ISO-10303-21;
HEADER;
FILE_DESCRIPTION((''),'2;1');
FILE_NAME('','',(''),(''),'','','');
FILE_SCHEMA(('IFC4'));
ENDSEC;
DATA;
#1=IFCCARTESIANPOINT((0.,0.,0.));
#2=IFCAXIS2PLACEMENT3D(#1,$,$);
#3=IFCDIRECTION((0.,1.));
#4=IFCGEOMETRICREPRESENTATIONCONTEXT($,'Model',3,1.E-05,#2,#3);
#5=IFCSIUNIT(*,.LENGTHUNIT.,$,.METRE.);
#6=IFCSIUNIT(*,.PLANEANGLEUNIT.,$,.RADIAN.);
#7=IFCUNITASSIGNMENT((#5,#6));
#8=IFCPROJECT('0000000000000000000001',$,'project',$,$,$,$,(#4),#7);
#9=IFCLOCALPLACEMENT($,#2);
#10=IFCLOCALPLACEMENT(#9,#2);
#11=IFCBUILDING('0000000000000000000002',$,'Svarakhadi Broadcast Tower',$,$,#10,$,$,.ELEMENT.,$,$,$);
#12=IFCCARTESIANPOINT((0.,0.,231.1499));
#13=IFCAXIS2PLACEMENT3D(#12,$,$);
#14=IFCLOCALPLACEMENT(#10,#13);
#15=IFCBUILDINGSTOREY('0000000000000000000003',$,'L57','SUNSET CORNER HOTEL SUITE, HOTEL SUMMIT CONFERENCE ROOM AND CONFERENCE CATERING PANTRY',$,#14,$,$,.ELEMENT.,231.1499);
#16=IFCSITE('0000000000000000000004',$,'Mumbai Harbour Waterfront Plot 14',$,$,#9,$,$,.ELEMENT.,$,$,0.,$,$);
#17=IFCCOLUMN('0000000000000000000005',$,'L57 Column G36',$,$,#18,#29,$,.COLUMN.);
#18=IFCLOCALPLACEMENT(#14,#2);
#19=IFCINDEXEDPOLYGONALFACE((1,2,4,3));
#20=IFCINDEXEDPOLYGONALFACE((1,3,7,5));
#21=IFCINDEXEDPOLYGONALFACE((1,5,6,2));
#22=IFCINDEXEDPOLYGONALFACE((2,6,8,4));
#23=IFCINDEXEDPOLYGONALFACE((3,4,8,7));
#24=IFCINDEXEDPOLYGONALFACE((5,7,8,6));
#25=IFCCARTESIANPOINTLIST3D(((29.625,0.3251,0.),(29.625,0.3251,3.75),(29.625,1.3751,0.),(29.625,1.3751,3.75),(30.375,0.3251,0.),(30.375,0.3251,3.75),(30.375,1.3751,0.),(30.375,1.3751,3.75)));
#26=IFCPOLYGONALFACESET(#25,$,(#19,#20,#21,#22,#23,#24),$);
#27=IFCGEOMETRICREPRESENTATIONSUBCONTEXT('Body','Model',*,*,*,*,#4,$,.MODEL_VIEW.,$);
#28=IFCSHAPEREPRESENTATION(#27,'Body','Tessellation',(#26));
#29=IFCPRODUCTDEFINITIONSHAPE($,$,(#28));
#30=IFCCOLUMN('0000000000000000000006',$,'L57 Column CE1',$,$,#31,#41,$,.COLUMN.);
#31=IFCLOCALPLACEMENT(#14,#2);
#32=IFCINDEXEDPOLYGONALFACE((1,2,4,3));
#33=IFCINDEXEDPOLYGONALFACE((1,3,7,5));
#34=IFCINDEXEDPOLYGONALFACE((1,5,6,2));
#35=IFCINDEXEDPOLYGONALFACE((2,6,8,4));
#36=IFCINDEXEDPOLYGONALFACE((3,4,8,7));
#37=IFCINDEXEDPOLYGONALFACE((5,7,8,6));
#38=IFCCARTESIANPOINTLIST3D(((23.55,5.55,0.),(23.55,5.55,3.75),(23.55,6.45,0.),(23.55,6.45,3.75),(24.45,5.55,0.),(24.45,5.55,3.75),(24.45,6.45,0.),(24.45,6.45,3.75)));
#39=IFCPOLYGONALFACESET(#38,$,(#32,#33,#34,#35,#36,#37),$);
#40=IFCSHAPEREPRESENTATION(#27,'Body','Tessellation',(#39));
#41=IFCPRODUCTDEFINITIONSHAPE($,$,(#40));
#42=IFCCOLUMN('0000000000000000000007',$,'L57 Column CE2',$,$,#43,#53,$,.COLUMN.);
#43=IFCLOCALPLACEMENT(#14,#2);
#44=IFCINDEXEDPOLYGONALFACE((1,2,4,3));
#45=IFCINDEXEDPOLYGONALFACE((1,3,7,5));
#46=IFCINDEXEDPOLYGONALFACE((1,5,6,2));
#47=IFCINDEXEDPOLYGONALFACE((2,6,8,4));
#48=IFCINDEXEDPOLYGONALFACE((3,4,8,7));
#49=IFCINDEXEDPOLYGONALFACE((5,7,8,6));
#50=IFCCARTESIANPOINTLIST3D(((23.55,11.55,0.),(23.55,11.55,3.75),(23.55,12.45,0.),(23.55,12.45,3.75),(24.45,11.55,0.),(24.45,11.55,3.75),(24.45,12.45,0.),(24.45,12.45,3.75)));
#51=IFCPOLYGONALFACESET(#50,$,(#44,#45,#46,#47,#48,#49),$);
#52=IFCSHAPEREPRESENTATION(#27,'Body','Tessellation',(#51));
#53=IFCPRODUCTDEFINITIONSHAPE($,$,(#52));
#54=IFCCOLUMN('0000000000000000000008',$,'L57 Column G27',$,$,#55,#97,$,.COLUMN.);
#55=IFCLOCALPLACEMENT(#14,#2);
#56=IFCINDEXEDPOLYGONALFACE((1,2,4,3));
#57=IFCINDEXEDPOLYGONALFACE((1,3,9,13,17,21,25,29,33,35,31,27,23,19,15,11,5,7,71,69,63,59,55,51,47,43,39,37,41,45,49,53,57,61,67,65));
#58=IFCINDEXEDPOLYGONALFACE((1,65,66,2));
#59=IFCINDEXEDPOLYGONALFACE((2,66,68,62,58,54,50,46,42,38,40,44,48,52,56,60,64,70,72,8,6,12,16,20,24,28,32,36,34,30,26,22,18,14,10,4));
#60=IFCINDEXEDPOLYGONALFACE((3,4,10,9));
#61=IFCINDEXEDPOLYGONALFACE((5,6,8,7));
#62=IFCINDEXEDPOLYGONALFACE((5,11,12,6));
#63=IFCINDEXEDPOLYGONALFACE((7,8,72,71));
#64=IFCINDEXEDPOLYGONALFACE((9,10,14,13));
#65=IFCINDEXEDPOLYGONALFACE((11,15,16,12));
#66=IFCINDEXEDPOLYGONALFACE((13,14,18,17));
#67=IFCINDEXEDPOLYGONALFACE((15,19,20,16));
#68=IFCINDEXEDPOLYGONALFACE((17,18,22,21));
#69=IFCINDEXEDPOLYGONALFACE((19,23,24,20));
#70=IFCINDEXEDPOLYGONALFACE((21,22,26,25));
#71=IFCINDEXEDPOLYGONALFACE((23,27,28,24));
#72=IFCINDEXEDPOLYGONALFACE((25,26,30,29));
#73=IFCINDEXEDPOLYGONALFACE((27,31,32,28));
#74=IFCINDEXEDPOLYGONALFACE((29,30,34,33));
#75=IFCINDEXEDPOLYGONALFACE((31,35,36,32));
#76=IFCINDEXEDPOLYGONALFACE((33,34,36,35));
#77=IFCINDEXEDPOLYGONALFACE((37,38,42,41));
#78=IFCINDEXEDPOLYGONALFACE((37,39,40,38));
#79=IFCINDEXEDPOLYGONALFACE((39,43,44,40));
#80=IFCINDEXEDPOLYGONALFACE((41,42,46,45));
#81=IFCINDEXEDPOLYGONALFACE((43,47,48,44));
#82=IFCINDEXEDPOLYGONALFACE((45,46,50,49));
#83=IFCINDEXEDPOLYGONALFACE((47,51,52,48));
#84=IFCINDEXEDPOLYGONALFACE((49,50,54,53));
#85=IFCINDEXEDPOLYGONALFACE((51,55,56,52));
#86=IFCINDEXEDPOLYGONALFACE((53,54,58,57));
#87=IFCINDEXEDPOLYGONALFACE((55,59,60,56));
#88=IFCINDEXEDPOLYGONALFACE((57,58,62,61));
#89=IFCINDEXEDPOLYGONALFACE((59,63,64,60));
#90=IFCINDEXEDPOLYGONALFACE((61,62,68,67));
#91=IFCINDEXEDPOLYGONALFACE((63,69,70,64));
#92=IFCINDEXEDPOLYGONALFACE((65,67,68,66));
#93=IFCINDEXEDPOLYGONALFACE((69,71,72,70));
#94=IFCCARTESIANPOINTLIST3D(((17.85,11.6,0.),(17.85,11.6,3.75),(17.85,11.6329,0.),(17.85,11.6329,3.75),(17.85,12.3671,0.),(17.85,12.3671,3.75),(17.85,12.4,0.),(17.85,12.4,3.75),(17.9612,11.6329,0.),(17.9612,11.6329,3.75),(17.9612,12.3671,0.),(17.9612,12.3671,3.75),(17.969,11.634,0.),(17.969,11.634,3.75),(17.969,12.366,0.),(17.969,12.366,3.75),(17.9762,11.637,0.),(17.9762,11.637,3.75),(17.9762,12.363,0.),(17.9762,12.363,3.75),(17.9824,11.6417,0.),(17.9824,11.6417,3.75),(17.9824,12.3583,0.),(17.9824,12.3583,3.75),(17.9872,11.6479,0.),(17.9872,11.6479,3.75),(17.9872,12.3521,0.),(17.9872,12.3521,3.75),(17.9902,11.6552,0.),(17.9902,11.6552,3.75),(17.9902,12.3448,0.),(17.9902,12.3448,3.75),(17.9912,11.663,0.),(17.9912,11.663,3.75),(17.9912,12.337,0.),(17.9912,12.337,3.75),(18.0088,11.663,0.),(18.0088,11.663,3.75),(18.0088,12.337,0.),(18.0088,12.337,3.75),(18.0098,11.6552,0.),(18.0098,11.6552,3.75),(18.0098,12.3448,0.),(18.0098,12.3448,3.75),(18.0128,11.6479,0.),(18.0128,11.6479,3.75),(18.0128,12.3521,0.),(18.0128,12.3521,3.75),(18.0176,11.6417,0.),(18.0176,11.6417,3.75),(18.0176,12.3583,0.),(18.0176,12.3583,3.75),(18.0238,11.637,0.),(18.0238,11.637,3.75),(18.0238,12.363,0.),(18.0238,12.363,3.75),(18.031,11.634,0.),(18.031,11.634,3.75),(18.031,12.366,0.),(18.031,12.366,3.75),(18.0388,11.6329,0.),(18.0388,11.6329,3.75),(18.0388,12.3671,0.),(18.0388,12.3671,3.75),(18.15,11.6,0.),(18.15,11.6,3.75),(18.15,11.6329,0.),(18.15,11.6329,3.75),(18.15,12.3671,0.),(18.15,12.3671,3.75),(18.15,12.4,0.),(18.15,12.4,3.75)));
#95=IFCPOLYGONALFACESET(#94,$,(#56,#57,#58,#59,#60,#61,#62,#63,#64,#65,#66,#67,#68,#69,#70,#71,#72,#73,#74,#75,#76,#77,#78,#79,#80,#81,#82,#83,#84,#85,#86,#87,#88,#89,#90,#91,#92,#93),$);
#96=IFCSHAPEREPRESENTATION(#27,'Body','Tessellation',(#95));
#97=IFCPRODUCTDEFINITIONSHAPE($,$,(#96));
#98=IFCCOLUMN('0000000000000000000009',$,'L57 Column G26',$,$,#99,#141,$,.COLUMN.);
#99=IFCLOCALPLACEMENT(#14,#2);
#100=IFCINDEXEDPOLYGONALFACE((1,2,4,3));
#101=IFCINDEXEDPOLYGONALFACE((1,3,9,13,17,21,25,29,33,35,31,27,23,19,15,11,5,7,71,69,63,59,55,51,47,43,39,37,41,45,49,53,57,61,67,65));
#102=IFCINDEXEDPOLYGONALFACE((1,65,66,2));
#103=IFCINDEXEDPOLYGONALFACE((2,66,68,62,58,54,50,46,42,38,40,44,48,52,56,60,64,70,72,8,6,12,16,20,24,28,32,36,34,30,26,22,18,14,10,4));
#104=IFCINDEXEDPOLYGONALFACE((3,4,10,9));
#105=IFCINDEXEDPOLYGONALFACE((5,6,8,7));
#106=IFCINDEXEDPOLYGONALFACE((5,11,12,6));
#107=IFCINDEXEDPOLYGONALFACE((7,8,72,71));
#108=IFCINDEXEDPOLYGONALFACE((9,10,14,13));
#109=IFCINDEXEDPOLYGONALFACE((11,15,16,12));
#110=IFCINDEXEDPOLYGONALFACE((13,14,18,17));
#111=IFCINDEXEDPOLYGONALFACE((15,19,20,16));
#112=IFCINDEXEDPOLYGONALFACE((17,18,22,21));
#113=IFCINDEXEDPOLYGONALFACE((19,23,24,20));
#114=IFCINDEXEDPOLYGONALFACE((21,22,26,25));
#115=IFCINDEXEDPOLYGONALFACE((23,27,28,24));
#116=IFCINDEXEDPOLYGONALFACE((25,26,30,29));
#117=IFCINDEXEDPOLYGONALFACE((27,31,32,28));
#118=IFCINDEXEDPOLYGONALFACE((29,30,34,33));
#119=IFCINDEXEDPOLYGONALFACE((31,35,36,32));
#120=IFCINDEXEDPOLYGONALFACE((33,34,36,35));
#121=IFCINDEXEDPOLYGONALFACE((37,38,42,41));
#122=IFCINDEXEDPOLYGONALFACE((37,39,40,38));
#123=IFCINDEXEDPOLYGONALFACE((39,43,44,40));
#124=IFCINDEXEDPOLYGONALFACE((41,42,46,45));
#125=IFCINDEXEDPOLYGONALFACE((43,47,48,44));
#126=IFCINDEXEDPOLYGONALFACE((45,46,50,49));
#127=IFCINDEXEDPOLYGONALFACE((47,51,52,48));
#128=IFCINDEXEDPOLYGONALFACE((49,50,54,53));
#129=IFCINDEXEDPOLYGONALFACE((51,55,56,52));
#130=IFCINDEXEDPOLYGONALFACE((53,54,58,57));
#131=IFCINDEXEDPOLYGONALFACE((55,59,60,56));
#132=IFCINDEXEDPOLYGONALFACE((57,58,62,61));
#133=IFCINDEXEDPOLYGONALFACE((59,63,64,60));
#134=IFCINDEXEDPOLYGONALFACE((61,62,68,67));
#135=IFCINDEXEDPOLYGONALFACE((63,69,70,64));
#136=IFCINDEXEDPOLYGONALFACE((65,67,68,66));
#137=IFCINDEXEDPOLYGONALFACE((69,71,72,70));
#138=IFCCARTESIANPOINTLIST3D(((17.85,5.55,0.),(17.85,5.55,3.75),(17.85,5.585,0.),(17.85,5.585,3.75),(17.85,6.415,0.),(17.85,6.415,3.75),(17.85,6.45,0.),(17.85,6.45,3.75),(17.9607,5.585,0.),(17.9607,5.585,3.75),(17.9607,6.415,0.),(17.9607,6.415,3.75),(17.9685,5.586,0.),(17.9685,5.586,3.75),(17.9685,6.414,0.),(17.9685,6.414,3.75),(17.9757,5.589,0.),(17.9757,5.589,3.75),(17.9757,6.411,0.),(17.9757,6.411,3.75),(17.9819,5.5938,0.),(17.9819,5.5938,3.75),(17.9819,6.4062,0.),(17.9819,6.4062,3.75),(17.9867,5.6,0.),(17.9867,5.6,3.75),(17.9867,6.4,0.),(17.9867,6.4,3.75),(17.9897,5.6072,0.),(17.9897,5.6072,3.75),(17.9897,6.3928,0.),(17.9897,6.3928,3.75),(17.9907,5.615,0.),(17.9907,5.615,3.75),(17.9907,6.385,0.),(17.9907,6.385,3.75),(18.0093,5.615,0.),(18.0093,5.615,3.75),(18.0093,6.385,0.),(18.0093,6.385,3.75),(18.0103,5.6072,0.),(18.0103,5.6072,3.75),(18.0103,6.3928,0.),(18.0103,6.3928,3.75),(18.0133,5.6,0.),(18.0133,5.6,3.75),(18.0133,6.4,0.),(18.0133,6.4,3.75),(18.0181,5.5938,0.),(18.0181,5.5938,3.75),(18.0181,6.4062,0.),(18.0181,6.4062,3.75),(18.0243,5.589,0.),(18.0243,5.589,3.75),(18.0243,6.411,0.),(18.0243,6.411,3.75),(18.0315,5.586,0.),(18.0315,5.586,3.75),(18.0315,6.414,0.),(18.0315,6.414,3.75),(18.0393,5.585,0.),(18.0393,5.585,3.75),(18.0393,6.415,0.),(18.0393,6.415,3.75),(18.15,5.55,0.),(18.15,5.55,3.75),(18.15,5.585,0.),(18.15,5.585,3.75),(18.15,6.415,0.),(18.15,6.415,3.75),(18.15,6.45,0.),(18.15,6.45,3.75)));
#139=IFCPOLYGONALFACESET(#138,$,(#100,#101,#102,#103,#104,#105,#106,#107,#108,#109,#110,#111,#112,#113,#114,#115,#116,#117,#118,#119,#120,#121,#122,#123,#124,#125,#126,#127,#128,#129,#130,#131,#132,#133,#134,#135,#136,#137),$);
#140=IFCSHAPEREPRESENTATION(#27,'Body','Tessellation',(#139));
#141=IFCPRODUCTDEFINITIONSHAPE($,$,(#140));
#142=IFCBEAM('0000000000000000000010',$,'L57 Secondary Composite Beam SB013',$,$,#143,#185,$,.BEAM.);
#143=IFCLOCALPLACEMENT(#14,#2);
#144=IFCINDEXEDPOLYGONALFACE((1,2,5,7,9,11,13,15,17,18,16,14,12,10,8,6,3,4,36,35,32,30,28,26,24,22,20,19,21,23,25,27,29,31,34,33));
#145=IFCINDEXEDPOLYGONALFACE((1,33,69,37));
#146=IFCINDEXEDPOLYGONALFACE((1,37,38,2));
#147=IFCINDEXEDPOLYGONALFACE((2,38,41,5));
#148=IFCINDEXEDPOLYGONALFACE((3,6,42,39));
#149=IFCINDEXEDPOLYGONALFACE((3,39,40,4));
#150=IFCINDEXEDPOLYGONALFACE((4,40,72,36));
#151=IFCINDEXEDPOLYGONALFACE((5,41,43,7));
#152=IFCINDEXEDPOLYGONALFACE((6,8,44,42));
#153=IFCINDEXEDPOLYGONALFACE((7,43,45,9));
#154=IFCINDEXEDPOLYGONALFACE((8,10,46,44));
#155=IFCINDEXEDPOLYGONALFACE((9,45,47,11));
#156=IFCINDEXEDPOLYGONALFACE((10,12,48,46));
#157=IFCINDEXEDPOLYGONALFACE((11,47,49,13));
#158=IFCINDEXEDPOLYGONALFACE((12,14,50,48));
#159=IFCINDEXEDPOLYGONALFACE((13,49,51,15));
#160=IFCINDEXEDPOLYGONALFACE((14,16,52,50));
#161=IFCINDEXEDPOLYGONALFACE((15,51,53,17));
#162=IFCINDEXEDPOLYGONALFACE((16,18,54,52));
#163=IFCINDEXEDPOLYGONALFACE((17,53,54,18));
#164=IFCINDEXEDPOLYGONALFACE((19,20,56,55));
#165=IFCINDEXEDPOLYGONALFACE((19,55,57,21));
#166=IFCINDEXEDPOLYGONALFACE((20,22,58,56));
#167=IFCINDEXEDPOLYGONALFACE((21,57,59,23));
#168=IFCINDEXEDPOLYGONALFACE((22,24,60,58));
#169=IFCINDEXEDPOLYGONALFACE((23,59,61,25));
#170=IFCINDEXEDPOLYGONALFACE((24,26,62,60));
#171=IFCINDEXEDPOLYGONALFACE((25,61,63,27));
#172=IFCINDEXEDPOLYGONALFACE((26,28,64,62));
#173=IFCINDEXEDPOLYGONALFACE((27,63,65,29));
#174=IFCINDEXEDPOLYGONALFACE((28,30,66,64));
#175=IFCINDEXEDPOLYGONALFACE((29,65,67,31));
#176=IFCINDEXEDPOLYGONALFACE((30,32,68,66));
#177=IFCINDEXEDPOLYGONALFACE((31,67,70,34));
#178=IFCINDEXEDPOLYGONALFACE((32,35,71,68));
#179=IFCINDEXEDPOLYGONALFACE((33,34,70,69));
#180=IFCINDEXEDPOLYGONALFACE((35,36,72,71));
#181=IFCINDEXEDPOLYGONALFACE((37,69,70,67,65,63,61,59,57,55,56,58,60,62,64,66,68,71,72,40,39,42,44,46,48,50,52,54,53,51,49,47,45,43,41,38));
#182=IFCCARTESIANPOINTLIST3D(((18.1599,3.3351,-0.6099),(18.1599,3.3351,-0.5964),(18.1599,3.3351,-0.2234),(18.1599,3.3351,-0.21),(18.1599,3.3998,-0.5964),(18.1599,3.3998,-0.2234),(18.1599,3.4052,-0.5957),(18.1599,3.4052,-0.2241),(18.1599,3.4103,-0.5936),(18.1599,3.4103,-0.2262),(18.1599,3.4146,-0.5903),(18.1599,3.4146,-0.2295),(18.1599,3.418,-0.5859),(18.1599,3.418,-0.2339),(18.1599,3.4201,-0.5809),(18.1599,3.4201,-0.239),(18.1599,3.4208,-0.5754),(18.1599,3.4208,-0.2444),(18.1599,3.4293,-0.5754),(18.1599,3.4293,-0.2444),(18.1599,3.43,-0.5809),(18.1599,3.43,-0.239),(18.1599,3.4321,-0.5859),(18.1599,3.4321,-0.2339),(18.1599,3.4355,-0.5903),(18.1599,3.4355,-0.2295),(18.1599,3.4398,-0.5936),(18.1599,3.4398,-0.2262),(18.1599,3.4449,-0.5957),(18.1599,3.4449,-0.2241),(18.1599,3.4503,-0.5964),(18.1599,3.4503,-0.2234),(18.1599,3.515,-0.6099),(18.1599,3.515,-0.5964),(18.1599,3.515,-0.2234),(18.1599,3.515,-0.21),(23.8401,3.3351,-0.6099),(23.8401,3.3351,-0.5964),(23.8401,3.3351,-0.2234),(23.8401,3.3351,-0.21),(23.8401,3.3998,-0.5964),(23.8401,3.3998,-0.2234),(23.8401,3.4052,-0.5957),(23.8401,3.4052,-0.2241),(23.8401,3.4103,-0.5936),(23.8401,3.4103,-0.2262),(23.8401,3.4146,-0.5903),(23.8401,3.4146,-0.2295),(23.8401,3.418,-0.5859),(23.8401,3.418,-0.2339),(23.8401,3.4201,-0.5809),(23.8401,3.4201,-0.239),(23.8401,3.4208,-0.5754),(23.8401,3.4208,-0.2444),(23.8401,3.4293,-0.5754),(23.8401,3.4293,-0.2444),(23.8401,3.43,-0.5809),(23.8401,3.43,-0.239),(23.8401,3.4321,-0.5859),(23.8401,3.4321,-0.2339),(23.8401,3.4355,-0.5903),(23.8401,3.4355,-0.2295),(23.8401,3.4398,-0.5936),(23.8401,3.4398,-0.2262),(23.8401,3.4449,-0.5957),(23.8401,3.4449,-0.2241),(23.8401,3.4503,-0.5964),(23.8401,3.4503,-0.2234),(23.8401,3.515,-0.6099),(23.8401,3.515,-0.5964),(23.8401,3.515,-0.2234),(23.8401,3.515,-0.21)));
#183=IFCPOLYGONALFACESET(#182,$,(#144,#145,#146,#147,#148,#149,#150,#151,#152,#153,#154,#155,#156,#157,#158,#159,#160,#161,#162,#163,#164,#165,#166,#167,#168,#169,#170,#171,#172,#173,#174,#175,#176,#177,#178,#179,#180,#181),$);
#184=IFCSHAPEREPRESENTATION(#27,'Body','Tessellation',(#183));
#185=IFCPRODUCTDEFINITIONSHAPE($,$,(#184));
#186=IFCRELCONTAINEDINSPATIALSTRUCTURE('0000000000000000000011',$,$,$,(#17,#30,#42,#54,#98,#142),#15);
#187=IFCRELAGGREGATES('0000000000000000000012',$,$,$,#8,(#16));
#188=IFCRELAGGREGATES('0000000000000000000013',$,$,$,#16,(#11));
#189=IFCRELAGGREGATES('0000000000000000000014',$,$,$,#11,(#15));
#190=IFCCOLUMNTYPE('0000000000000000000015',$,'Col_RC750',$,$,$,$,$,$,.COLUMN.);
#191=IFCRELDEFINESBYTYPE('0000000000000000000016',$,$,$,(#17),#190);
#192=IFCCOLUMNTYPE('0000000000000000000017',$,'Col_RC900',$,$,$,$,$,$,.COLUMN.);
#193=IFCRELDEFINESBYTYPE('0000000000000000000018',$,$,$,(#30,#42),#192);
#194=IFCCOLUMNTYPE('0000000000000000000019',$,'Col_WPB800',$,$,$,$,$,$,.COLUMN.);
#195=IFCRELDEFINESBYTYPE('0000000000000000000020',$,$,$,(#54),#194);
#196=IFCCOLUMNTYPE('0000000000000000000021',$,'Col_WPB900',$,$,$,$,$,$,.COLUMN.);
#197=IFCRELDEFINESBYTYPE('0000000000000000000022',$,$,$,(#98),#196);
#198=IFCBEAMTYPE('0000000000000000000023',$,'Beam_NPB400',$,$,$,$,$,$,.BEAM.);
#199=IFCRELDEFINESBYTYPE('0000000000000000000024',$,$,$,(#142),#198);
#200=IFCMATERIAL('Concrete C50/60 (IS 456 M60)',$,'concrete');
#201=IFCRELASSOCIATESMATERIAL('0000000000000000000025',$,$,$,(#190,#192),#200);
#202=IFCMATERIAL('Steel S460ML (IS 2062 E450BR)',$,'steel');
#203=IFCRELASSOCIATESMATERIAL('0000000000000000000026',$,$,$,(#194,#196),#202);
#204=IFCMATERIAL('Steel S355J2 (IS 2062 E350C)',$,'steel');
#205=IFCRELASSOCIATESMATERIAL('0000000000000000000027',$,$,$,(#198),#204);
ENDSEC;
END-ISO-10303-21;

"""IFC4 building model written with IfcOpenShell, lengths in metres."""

from ifc_helpers import new_model, si_unit, direction, frame, origin, origin_2d, place, context, subcontext, project, spatial, rectangle, i_section, extrude, material, material_profile, profile_set, type_object, element, save


model = new_model("IFC4")

# Units and contexts
model_context = context("Model", 3, precision=1e-05, world=origin(), true_north=direction((0.0, 1.0)))
body_context = subcontext(model_context, "Body", "Model", "MODEL_VIEW")
ifc_project = project(units=[si_unit("LENGTHUNIT", "METRE"), si_unit("PLANEANGLEUNIT", "RADIAN")], contexts=[model_context])

# Site, building, storey
site_placement = place(None, origin())
site = spatial("IfcSite", under=ifc_project, at=site_placement, Name="Mumbai Harbour Waterfront Plot 14", CompositionType="ELEMENT", RefElevation=0.0)
building_placement = place(site_placement, origin())
building = spatial("IfcBuilding", under=site, at=building_placement, Name="Svarakhadi Broadcast Tower", CompositionType="ELEMENT")
storey_placement = place(building_placement, frame((0.0, 0.0, 231.1499)))
storey = spatial("IfcBuildingStorey", under=building, at=storey_placement, Name="L57", Description="SUNSET CORNER HOTEL SUITE, HOTEL SUMMIT CONFERENCE ROOM AND CONFERENCE CATERING PANTRY", CompositionType="ELEMENT", Elevation=231.1499)

# Columns
ifc_material_1 = material(Name="Concrete C50/60 (IS 456 M60)", Category="concrete")
ifc_material_profile_1 = material_profile(ifc_material_1, rectangle(XDim=0.75, YDim=1.05, at=origin_2d()), Name="RC 750x1050")
ifc_profile_set_1 = profile_set([ifc_material_profile_1], Name="Concrete C50/60 (IS 456 M60)")
column_type_1 = type_object("IfcColumnType", Name="Col_RC750", PredefinedType="COLUMN", material=ifc_profile_set_1)
column_1_placement = place(storey_placement, frame((30.0, 0.8501, 0.0), z_axis=(0.0, 0.0, 1.0), x_axis=(1.0, 0.0, 0.0)))
element("IfcColumn", 1, at=column_1_placement, inside=storey, type_object=column_type_1, Name="L57 Column G36", PredefinedType="COLUMN", context=body_context, shape_type="SweptSolid", body=[
    extrude(rectangle(XDim=0.75, YDim=1.05, at=origin_2d()), origin(), (0.0, 0.0, 1.0), 3.75),
])
ifc_material_profile_2 = material_profile(ifc_material_1, rectangle(XDim=0.8999, YDim=0.8999, at=origin_2d()), Name="RC 900x900")
ifc_profile_set_2 = profile_set([ifc_material_profile_2], Name="Concrete C50/60 (IS 456 M60)")
column_type_2 = type_object("IfcColumnType", Name="Col_RC900", PredefinedType="COLUMN", material=ifc_profile_set_2)
for number, where, z_axis, x_axis, name in (
    (2, (24.0, 6.0, 0.0), (0.0, 0.0, 1.0), (1.0, 0.0, 0.0), "L57 Column CE1"),
    (3, (24.0, 12.0, 0.0), (0.0, 0.0, 1.0), (1.0, 0.0, 0.0), "L57 Column CE2"),
):
    element("IfcColumn", number, at=place(storey_placement, frame(where, z_axis=z_axis, x_axis=x_axis)), inside=storey, type_object=column_type_2, Name=name, PredefinedType="COLUMN", context=body_context, shape_type="SweptSolid", body=[
        extrude(rectangle(XDim=0.8999, YDim=0.8999, at=origin_2d()), origin(), (0.0, 0.0, 1.0), 3.75),
    ])
ifc_material_2 = material(Name="Steel S460ML (IS 2062 E450BR)", Category="steel")
ifc_material_profile_3 = material_profile(ifc_material_2, i_section(OverallWidth=0.3, OverallDepth=0.8, WebThickness=0.0176, FlangeThickness=0.033, FilletRadius=0.03, at=origin_2d()), Name="WPB 800x300x262")
ifc_profile_set_3 = profile_set([ifc_material_profile_3], Name="Steel S460ML (IS 2062 E450BR)")
column_type_3 = type_object("IfcColumnType", Name="Col_WPB800", PredefinedType="COLUMN", material=ifc_profile_set_3)
column_2_placement = place(storey_placement, frame((18.0, 12.0, 0.0), z_axis=(0.0, 0.0, 1.0), x_axis=(1.0, 0.0, 0.0)))
element("IfcColumn", 4, at=column_2_placement, inside=storey, type_object=column_type_3, Name="L57 Column G27", PredefinedType="COLUMN", context=body_context, shape_type="SweptSolid", body=[
    extrude(i_section(OverallWidth=0.3, OverallDepth=0.8, WebThickness=0.0176, FlangeThickness=0.033, FilletRadius=0.03, at=origin_2d()), origin(), (0.0, 0.0, 1.0), 3.75),
])
ifc_material_profile_4 = material_profile(ifc_material_2, i_section(OverallWidth=0.3, OverallDepth=0.8999, WebThickness=0.0186, FlangeThickness=0.0349, FilletRadius=0.03, at=origin_2d()), Name="WPB 900x300x291")
ifc_profile_set_4 = profile_set([ifc_material_profile_4], Name="Steel S460ML (IS 2062 E450BR)")
column_type_4 = type_object("IfcColumnType", Name="Col_WPB900", PredefinedType="COLUMN", material=ifc_profile_set_4)
column_3_placement = place(storey_placement, frame((18.0, 6.0, 0.0), z_axis=(0.0, 0.0, 1.0), x_axis=(1.0, 0.0, 0.0)))
element("IfcColumn", 5, at=column_3_placement, inside=storey, type_object=column_type_4, Name="L57 Column G26", PredefinedType="COLUMN", context=body_context, shape_type="SweptSolid", body=[
    extrude(i_section(OverallWidth=0.3, OverallDepth=0.8999, WebThickness=0.0186, FlangeThickness=0.0349, FilletRadius=0.03, at=origin_2d()), origin(), (0.0, 0.0, 1.0), 3.75),
])

# Beam
ifc_material_3 = material(Name="Steel S355J2 (IS 2062 E350C)", Category="steel")
ifc_material_profile_5 = material_profile(ifc_material_3, i_section(OverallWidth=0.1799, OverallDepth=0.3999, WebThickness=0.0085, FlangeThickness=0.0134, FilletRadius=0.021, at=origin_2d()), Name="NPB 400x180x66")
ifc_profile_set_5 = profile_set([ifc_material_profile_5], Name="Steel S355J2 (IS 2062 E350C)")
beam_type_1 = type_object("IfcBeamType", Name="Beam_NPB400", PredefinedType="BEAM", material=ifc_profile_set_5)
for number, where, z_axis, x_axis, name in (
    (6, (18.1599, 3.425, -0.4099), (1.0, 0.0, 0.0), (0.0, 1.0, 0.0), "L57 Secondary Composite Beam SB013"),
):
    element("IfcBeam", number, at=place(storey_placement, frame(where, z_axis=z_axis, x_axis=x_axis)), inside=storey, type_object=beam_type_1, Name=name, PredefinedType="BEAM", context=body_context, shape_type="SweptSolid", body=[
        extrude(i_section(OverallWidth=0.1799, OverallDepth=0.3999, WebThickness=0.0085, FlangeThickness=0.0134, FilletRadius=0.021, at=origin_2d()), origin(), (0.0, 0.0, 1.0), 5.6802),
    ])

save(model, "model.ifc")
